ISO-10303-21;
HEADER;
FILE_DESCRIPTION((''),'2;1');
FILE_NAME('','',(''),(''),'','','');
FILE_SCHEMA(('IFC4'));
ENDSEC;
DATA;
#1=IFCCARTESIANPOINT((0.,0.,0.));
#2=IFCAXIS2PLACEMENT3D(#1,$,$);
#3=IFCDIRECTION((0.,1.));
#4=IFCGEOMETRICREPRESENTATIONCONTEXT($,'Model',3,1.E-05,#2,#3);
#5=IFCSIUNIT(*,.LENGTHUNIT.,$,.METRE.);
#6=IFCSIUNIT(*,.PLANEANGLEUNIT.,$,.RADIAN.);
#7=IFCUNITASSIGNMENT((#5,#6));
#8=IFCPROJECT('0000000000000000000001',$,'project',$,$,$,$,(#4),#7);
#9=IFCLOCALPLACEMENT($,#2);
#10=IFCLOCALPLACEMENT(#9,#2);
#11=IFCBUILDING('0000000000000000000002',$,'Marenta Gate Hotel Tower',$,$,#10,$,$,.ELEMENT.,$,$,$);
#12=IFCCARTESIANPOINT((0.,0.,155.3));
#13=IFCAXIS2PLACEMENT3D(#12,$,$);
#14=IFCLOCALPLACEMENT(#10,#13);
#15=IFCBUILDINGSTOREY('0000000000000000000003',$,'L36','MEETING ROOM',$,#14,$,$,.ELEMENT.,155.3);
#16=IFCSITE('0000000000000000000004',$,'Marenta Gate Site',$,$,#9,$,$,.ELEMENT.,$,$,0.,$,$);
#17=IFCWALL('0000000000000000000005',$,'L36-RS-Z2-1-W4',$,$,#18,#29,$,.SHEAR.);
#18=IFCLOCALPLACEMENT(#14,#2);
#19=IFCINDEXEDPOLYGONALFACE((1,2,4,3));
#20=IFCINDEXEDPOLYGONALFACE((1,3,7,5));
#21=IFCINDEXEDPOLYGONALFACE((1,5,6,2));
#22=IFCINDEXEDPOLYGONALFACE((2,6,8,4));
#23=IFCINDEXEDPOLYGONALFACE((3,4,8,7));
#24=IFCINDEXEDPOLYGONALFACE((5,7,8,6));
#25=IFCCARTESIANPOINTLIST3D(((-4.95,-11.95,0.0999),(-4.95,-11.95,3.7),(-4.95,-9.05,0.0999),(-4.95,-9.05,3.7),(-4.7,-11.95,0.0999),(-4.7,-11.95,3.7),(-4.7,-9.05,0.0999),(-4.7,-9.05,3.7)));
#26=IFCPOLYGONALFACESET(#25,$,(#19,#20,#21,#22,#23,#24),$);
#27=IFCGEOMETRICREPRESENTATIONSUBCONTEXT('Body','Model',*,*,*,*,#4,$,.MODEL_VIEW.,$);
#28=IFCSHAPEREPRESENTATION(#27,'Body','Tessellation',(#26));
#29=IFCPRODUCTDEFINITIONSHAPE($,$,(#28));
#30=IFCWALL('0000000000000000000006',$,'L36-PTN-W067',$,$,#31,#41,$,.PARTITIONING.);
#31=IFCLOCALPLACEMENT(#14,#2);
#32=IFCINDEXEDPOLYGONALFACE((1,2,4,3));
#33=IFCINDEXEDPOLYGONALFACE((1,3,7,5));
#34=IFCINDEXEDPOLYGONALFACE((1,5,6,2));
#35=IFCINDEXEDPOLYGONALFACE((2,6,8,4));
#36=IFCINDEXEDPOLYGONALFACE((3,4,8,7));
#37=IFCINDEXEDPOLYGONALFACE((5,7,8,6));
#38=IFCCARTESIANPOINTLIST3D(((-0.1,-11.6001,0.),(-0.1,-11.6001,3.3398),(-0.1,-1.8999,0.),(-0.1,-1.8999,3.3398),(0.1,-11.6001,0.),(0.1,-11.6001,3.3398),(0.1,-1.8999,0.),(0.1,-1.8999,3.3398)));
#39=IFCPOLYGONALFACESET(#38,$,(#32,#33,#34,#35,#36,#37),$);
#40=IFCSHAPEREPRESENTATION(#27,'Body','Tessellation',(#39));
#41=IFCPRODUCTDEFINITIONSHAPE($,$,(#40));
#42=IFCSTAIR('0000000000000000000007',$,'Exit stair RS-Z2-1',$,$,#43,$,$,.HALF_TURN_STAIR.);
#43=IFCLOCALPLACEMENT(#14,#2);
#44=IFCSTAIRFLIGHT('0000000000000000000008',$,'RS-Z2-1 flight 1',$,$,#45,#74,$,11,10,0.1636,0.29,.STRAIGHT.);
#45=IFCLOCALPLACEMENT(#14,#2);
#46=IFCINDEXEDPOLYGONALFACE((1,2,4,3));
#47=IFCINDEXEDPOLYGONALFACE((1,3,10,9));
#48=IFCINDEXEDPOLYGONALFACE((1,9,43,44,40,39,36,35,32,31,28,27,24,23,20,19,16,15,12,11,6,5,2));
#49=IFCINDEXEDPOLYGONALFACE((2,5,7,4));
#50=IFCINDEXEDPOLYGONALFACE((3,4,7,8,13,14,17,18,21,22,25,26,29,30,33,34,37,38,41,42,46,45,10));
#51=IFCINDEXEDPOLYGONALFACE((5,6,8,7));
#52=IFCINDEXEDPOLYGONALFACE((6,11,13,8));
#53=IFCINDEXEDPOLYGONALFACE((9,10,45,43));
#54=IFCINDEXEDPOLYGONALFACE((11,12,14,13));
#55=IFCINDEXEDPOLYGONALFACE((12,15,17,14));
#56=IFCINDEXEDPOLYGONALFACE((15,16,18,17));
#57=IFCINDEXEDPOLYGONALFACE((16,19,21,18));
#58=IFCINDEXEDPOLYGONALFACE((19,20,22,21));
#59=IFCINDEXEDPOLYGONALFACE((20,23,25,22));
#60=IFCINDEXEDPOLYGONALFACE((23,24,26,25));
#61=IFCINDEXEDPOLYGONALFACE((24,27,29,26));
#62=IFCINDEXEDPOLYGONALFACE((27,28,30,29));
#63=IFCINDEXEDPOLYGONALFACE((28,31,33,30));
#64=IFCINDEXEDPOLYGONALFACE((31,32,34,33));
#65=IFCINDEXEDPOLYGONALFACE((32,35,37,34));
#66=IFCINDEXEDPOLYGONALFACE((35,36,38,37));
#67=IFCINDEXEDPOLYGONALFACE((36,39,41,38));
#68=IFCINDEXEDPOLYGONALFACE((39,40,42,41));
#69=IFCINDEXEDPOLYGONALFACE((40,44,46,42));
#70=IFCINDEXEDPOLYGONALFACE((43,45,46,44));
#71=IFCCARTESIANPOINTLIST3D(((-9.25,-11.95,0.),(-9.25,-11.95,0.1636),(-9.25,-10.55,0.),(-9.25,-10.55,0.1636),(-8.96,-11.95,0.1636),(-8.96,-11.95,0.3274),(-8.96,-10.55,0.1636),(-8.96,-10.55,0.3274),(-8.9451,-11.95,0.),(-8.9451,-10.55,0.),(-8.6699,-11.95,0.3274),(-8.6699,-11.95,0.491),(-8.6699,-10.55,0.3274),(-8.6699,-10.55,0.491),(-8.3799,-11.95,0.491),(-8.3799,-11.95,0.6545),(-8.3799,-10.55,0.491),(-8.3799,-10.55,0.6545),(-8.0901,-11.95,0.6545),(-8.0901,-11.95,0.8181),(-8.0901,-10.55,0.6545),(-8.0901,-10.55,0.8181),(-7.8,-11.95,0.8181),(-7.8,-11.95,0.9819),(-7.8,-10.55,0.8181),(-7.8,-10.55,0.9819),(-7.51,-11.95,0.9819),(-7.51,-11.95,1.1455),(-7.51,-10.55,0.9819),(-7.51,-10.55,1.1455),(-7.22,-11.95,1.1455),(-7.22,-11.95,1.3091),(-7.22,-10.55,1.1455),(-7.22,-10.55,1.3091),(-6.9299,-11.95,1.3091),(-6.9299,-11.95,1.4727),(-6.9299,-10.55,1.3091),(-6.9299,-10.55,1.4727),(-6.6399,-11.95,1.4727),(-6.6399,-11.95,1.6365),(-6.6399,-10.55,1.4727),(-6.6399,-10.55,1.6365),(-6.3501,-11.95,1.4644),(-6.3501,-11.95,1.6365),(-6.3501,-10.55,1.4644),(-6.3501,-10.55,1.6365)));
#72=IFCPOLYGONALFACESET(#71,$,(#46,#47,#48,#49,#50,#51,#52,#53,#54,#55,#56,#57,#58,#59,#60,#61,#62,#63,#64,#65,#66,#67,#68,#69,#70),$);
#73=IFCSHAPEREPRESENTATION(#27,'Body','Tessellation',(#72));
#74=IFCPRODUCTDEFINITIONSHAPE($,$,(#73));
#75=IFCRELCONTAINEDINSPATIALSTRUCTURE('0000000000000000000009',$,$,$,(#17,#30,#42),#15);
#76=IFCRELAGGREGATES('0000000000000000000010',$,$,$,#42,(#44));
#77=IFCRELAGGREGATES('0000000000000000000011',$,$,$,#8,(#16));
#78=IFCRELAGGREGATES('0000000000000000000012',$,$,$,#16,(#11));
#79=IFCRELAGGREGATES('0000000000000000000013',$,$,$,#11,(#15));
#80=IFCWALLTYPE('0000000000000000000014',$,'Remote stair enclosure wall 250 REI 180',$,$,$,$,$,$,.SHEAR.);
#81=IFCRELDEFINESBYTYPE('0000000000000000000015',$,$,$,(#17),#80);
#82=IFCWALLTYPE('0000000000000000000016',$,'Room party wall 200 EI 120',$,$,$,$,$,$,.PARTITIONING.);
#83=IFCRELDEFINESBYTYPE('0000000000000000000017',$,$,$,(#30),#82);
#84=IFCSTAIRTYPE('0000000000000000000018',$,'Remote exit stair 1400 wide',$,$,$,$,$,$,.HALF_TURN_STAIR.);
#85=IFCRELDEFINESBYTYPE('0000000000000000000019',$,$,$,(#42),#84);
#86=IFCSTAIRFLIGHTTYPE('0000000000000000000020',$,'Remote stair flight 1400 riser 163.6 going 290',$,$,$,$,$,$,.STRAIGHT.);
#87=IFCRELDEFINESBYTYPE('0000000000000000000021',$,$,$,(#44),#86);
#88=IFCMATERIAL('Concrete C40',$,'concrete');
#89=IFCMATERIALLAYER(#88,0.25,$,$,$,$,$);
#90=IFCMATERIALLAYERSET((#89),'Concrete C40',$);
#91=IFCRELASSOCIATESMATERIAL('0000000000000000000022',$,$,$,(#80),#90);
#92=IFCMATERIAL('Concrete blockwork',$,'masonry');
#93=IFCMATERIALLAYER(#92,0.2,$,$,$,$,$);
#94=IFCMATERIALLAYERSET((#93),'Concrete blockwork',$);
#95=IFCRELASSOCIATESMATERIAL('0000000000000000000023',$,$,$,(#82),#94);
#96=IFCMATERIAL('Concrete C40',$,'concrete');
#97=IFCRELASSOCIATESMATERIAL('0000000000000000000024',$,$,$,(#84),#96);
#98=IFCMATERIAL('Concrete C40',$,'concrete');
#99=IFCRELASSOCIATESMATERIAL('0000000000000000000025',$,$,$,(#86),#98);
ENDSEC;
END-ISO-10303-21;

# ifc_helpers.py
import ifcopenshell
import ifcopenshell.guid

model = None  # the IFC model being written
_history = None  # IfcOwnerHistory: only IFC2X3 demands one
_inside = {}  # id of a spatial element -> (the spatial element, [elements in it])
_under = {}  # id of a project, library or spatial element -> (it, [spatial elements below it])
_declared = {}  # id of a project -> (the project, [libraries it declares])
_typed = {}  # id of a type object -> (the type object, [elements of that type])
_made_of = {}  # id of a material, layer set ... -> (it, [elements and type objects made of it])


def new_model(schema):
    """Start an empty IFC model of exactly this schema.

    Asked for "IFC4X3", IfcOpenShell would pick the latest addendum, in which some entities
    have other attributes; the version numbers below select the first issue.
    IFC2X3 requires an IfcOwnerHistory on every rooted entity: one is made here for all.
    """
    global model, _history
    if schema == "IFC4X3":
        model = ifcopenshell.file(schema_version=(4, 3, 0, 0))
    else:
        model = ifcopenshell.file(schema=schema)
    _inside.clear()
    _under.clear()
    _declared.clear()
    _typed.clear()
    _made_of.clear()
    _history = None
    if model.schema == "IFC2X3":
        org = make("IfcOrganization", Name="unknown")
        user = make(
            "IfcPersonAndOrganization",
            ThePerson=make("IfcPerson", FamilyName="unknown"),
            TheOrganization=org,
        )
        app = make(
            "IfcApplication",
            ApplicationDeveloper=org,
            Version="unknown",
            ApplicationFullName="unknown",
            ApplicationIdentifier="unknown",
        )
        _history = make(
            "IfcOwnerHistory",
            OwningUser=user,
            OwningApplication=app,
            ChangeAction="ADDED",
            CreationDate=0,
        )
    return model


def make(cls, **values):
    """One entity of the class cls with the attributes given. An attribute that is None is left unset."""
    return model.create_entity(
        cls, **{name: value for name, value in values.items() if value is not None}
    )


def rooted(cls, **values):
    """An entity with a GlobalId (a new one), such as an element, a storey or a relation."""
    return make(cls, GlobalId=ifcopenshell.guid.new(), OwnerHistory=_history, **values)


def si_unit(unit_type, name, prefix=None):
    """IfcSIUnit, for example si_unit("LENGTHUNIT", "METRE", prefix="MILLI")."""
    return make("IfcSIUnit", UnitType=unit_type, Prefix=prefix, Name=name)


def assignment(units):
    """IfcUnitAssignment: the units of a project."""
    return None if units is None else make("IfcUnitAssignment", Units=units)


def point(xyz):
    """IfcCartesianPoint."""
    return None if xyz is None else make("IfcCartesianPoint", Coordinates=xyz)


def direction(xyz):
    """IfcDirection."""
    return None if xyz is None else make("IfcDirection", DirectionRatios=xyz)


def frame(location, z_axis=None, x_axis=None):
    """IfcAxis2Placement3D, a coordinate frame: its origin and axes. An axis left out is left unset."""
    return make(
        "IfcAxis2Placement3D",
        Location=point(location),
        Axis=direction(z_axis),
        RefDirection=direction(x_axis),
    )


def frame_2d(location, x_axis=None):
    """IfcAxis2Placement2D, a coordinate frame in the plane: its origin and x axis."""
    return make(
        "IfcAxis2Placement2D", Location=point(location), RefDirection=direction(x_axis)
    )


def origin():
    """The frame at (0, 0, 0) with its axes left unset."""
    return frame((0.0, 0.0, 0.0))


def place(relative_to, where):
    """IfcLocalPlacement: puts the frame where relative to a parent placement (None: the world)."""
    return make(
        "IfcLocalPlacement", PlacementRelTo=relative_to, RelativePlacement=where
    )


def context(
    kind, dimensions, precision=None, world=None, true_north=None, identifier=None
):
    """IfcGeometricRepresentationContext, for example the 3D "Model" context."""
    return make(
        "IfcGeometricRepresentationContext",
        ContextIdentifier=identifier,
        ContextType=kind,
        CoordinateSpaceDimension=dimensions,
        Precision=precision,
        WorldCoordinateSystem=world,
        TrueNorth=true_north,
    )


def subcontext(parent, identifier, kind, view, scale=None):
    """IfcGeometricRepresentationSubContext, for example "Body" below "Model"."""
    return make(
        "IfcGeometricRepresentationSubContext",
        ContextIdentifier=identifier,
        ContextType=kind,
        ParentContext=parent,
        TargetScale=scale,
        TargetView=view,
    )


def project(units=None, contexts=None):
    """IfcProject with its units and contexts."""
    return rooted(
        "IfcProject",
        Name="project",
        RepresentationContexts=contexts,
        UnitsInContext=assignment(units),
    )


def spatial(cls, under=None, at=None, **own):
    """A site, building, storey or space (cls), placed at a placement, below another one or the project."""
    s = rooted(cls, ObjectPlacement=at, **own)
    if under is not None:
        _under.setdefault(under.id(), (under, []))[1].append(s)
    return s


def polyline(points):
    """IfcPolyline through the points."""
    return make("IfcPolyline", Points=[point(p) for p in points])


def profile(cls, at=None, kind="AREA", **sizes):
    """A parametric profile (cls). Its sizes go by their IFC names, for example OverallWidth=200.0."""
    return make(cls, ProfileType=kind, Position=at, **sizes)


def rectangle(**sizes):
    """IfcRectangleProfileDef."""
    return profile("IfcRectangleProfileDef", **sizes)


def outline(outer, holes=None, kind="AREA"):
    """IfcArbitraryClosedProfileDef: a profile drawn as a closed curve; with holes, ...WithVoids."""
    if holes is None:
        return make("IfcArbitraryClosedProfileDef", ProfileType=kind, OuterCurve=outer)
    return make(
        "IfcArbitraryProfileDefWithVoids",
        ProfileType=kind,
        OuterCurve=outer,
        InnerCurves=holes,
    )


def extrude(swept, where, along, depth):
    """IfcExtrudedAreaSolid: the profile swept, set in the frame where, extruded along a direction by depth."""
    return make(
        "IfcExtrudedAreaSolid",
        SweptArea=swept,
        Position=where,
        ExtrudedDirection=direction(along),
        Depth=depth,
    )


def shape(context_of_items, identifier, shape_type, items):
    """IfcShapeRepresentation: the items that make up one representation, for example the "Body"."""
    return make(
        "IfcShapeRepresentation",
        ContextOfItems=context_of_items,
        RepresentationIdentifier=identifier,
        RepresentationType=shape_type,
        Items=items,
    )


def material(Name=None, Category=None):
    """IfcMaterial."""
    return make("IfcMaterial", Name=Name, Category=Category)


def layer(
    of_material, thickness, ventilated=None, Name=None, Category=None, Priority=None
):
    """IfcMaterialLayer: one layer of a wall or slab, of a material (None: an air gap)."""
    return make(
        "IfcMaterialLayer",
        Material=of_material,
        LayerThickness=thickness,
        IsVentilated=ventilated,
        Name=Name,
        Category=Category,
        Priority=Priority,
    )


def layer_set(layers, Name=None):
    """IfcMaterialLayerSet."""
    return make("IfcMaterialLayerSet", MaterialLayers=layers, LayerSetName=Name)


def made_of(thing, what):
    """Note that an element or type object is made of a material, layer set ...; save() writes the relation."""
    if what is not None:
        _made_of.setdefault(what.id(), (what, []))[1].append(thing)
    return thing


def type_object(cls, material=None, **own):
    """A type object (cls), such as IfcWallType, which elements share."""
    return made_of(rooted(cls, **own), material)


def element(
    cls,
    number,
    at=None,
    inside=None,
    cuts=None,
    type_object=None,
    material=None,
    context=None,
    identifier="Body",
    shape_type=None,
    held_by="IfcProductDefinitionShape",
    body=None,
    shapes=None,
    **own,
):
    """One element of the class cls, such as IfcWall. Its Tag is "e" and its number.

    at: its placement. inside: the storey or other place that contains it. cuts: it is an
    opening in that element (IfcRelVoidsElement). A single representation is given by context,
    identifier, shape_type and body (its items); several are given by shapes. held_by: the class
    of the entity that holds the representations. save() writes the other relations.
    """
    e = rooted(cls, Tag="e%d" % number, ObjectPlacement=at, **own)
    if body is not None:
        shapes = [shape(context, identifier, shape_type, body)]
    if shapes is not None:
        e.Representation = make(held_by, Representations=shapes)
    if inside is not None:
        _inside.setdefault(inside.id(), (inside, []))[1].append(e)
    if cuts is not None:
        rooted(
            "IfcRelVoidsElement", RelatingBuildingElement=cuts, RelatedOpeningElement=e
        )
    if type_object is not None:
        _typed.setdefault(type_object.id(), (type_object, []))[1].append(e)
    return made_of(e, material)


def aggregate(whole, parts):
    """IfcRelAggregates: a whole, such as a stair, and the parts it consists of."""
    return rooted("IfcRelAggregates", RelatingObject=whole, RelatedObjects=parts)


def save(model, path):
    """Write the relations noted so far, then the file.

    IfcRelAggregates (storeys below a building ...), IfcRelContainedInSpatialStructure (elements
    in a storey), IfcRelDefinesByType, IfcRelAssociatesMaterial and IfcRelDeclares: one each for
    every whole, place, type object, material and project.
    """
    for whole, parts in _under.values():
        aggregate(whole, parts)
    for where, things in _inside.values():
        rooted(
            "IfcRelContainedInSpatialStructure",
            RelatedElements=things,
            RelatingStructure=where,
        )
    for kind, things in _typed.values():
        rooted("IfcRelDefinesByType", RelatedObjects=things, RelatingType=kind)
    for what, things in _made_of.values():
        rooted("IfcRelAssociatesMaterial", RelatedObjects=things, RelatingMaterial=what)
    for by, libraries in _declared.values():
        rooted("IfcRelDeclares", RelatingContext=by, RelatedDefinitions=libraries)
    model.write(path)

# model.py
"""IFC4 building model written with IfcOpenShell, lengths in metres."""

from ifc_helpers import new_model, si_unit, direction, frame, frame_2d, origin, place, context, subcontext, project, spatial, polyline, rectangle, outline, extrude, material, layer, layer_set, type_object, element, aggregate, save


model = new_model("IFC4")

# Units and contexts
model_context = context("Model", 3, precision=1e-05, world=origin(), true_north=direction((0.0, 1.0)))
body_context = subcontext(model_context, "Body", "Model", "MODEL_VIEW")
ifc_project = project(units=[si_unit("LENGTHUNIT", "METRE"), si_unit("PLANEANGLEUNIT", "RADIAN")], contexts=[model_context])

# Site, building, storey
site_placement = place(None, origin())
site = spatial("IfcSite", under=ifc_project, at=site_placement, Name="Marenta Gate Site", CompositionType="ELEMENT", RefElevation=0.0)
building_placement = place(site_placement, origin())
building = spatial("IfcBuilding", under=site, at=building_placement, Name="Marenta Gate Hotel Tower", CompositionType="ELEMENT")
storey_placement = place(building_placement, frame((0.0, 0.0, 155.3)))
storey = spatial("IfcBuildingStorey", under=building, at=storey_placement, Name="L36", Description="MEETING ROOM", CompositionType="ELEMENT", Elevation=155.3)

# Wall
ifc_material_1 = material(Name="Concrete C40", Category="concrete")
ifc_layer_1 = layer(ifc_material_1, 0.25)
ifc_layer_set_1 = layer_set([ifc_layer_1], Name="Concrete C40")
wall_type_1 = type_object("IfcWallType", Name="Remote stair enclosure wall 250 REI 180", PredefinedType="SHEAR", material=ifc_layer_set_1)
wall_1_placement = place(storey_placement, frame((-4.825, -11.95, 0.0999), z_axis=(0.0, 0.0, 1.0), x_axis=(0.0, 1.0, 0.0)))
element("IfcWall", 1, at=wall_1_placement, inside=storey, type_object=wall_type_1, Name="L36-RS-Z2-1-W4", PredefinedType="SHEAR", context=body_context, shape_type="SweptSolid", body=[
    extrude(rectangle(XDim=2.8999, YDim=0.25, at=frame_2d((1.45, 0.0))), origin(), (0.0, 0.0, 1.0), 3.6001),
])

# Wall
ifc_material_2 = material(Name="Concrete blockwork", Category="masonry")
ifc_layer_2 = layer(ifc_material_2, 0.2)
ifc_layer_set_2 = layer_set([ifc_layer_2], Name="Concrete blockwork")
wall_type_2 = type_object("IfcWallType", Name="Room party wall 200 EI 120", PredefinedType="PARTITIONING", material=ifc_layer_set_2)
wall_2_placement = place(storey_placement, frame((0.0, -11.6001, 0.0), z_axis=(0.0, 0.0, 1.0), x_axis=(0.0, 1.0, 0.0)))
element("IfcWall", 2, at=wall_2_placement, inside=storey, type_object=wall_type_2, Name="L36-PTN-W067", PredefinedType="PARTITIONING", context=body_context, shape_type="SweptSolid", body=[
    extrude(rectangle(XDim=9.7002, YDim=0.2, at=frame_2d((4.8501, 0.0))), origin(), (0.0, 0.0, 1.0), 3.3398),
])

# Stair, stair flight
ifc_material_3 = material(Name="Concrete C40", Category="concrete")
stair_type = type_object("IfcStairType", Name="Remote exit stair 1400 wide", PredefinedType="HALF_TURN_STAIR", material=ifc_material_3)
stair_placement = place(storey_placement, origin())
stair = element("IfcStair", 3, at=stair_placement, inside=storey, type_object=stair_type, Name="Exit stair RS-Z2-1", PredefinedType="HALF_TURN_STAIR")
ifc_material_4 = material(Name="Concrete C40", Category="concrete")
stair_flight_type = type_object("IfcStairFlightType", Name="Remote stair flight 1400 riser 163.6 going 290", PredefinedType="STRAIGHT", material=ifc_material_4)
stair_flight_placement = place(storey_placement, frame((-9.25, -11.25, 0.0), z_axis=(0.0, 0.0, 1.0), x_axis=(1.0, 0.0, 0.0)))
stair_flight = element("IfcStairFlight", 4, at=stair_flight_placement, type_object=stair_flight_type, Name="RS-Z2-1 flight 1", NumberOfRisers=11, NumberOfTreads=10, PredefinedType="STRAIGHT", RiserHeight=0.1636, TreadLength=0.29, context=body_context, shape_type="SweptSolid", body=[
    extrude(outline(polyline([(0.0, 0.0), (0.0, 0.1636), (0.29, 0.1636), (0.29, 0.3274), (0.5801, 0.3274), (0.5801, 0.491), (0.8701, 0.491), (0.8701, 0.6545), (1.1599, 0.6545), (1.1599, 0.8181), (1.45, 0.8181), (1.45, 0.9819), (1.74, 0.9819), (1.74, 1.1455), (2.03, 1.1455), (2.03, 1.3091), (2.3201, 1.3091), (2.3201, 1.4727), (2.6101, 1.4727), (2.6101, 1.6365), (2.8999, 1.6365), (2.8999, 1.8), (2.8999, 1.4644), (0.3049, 0.0), (0.0, 0.0)])), frame((0.0, 0.7, 0.0), z_axis=(0.0, -1.0, 0.0), x_axis=(1.0, 0.0, 0.0)), (0.0, 0.0, 1.0), 1.3999),
])
aggregate(stair, [stair_flight])

save(model, "model.ifc")
